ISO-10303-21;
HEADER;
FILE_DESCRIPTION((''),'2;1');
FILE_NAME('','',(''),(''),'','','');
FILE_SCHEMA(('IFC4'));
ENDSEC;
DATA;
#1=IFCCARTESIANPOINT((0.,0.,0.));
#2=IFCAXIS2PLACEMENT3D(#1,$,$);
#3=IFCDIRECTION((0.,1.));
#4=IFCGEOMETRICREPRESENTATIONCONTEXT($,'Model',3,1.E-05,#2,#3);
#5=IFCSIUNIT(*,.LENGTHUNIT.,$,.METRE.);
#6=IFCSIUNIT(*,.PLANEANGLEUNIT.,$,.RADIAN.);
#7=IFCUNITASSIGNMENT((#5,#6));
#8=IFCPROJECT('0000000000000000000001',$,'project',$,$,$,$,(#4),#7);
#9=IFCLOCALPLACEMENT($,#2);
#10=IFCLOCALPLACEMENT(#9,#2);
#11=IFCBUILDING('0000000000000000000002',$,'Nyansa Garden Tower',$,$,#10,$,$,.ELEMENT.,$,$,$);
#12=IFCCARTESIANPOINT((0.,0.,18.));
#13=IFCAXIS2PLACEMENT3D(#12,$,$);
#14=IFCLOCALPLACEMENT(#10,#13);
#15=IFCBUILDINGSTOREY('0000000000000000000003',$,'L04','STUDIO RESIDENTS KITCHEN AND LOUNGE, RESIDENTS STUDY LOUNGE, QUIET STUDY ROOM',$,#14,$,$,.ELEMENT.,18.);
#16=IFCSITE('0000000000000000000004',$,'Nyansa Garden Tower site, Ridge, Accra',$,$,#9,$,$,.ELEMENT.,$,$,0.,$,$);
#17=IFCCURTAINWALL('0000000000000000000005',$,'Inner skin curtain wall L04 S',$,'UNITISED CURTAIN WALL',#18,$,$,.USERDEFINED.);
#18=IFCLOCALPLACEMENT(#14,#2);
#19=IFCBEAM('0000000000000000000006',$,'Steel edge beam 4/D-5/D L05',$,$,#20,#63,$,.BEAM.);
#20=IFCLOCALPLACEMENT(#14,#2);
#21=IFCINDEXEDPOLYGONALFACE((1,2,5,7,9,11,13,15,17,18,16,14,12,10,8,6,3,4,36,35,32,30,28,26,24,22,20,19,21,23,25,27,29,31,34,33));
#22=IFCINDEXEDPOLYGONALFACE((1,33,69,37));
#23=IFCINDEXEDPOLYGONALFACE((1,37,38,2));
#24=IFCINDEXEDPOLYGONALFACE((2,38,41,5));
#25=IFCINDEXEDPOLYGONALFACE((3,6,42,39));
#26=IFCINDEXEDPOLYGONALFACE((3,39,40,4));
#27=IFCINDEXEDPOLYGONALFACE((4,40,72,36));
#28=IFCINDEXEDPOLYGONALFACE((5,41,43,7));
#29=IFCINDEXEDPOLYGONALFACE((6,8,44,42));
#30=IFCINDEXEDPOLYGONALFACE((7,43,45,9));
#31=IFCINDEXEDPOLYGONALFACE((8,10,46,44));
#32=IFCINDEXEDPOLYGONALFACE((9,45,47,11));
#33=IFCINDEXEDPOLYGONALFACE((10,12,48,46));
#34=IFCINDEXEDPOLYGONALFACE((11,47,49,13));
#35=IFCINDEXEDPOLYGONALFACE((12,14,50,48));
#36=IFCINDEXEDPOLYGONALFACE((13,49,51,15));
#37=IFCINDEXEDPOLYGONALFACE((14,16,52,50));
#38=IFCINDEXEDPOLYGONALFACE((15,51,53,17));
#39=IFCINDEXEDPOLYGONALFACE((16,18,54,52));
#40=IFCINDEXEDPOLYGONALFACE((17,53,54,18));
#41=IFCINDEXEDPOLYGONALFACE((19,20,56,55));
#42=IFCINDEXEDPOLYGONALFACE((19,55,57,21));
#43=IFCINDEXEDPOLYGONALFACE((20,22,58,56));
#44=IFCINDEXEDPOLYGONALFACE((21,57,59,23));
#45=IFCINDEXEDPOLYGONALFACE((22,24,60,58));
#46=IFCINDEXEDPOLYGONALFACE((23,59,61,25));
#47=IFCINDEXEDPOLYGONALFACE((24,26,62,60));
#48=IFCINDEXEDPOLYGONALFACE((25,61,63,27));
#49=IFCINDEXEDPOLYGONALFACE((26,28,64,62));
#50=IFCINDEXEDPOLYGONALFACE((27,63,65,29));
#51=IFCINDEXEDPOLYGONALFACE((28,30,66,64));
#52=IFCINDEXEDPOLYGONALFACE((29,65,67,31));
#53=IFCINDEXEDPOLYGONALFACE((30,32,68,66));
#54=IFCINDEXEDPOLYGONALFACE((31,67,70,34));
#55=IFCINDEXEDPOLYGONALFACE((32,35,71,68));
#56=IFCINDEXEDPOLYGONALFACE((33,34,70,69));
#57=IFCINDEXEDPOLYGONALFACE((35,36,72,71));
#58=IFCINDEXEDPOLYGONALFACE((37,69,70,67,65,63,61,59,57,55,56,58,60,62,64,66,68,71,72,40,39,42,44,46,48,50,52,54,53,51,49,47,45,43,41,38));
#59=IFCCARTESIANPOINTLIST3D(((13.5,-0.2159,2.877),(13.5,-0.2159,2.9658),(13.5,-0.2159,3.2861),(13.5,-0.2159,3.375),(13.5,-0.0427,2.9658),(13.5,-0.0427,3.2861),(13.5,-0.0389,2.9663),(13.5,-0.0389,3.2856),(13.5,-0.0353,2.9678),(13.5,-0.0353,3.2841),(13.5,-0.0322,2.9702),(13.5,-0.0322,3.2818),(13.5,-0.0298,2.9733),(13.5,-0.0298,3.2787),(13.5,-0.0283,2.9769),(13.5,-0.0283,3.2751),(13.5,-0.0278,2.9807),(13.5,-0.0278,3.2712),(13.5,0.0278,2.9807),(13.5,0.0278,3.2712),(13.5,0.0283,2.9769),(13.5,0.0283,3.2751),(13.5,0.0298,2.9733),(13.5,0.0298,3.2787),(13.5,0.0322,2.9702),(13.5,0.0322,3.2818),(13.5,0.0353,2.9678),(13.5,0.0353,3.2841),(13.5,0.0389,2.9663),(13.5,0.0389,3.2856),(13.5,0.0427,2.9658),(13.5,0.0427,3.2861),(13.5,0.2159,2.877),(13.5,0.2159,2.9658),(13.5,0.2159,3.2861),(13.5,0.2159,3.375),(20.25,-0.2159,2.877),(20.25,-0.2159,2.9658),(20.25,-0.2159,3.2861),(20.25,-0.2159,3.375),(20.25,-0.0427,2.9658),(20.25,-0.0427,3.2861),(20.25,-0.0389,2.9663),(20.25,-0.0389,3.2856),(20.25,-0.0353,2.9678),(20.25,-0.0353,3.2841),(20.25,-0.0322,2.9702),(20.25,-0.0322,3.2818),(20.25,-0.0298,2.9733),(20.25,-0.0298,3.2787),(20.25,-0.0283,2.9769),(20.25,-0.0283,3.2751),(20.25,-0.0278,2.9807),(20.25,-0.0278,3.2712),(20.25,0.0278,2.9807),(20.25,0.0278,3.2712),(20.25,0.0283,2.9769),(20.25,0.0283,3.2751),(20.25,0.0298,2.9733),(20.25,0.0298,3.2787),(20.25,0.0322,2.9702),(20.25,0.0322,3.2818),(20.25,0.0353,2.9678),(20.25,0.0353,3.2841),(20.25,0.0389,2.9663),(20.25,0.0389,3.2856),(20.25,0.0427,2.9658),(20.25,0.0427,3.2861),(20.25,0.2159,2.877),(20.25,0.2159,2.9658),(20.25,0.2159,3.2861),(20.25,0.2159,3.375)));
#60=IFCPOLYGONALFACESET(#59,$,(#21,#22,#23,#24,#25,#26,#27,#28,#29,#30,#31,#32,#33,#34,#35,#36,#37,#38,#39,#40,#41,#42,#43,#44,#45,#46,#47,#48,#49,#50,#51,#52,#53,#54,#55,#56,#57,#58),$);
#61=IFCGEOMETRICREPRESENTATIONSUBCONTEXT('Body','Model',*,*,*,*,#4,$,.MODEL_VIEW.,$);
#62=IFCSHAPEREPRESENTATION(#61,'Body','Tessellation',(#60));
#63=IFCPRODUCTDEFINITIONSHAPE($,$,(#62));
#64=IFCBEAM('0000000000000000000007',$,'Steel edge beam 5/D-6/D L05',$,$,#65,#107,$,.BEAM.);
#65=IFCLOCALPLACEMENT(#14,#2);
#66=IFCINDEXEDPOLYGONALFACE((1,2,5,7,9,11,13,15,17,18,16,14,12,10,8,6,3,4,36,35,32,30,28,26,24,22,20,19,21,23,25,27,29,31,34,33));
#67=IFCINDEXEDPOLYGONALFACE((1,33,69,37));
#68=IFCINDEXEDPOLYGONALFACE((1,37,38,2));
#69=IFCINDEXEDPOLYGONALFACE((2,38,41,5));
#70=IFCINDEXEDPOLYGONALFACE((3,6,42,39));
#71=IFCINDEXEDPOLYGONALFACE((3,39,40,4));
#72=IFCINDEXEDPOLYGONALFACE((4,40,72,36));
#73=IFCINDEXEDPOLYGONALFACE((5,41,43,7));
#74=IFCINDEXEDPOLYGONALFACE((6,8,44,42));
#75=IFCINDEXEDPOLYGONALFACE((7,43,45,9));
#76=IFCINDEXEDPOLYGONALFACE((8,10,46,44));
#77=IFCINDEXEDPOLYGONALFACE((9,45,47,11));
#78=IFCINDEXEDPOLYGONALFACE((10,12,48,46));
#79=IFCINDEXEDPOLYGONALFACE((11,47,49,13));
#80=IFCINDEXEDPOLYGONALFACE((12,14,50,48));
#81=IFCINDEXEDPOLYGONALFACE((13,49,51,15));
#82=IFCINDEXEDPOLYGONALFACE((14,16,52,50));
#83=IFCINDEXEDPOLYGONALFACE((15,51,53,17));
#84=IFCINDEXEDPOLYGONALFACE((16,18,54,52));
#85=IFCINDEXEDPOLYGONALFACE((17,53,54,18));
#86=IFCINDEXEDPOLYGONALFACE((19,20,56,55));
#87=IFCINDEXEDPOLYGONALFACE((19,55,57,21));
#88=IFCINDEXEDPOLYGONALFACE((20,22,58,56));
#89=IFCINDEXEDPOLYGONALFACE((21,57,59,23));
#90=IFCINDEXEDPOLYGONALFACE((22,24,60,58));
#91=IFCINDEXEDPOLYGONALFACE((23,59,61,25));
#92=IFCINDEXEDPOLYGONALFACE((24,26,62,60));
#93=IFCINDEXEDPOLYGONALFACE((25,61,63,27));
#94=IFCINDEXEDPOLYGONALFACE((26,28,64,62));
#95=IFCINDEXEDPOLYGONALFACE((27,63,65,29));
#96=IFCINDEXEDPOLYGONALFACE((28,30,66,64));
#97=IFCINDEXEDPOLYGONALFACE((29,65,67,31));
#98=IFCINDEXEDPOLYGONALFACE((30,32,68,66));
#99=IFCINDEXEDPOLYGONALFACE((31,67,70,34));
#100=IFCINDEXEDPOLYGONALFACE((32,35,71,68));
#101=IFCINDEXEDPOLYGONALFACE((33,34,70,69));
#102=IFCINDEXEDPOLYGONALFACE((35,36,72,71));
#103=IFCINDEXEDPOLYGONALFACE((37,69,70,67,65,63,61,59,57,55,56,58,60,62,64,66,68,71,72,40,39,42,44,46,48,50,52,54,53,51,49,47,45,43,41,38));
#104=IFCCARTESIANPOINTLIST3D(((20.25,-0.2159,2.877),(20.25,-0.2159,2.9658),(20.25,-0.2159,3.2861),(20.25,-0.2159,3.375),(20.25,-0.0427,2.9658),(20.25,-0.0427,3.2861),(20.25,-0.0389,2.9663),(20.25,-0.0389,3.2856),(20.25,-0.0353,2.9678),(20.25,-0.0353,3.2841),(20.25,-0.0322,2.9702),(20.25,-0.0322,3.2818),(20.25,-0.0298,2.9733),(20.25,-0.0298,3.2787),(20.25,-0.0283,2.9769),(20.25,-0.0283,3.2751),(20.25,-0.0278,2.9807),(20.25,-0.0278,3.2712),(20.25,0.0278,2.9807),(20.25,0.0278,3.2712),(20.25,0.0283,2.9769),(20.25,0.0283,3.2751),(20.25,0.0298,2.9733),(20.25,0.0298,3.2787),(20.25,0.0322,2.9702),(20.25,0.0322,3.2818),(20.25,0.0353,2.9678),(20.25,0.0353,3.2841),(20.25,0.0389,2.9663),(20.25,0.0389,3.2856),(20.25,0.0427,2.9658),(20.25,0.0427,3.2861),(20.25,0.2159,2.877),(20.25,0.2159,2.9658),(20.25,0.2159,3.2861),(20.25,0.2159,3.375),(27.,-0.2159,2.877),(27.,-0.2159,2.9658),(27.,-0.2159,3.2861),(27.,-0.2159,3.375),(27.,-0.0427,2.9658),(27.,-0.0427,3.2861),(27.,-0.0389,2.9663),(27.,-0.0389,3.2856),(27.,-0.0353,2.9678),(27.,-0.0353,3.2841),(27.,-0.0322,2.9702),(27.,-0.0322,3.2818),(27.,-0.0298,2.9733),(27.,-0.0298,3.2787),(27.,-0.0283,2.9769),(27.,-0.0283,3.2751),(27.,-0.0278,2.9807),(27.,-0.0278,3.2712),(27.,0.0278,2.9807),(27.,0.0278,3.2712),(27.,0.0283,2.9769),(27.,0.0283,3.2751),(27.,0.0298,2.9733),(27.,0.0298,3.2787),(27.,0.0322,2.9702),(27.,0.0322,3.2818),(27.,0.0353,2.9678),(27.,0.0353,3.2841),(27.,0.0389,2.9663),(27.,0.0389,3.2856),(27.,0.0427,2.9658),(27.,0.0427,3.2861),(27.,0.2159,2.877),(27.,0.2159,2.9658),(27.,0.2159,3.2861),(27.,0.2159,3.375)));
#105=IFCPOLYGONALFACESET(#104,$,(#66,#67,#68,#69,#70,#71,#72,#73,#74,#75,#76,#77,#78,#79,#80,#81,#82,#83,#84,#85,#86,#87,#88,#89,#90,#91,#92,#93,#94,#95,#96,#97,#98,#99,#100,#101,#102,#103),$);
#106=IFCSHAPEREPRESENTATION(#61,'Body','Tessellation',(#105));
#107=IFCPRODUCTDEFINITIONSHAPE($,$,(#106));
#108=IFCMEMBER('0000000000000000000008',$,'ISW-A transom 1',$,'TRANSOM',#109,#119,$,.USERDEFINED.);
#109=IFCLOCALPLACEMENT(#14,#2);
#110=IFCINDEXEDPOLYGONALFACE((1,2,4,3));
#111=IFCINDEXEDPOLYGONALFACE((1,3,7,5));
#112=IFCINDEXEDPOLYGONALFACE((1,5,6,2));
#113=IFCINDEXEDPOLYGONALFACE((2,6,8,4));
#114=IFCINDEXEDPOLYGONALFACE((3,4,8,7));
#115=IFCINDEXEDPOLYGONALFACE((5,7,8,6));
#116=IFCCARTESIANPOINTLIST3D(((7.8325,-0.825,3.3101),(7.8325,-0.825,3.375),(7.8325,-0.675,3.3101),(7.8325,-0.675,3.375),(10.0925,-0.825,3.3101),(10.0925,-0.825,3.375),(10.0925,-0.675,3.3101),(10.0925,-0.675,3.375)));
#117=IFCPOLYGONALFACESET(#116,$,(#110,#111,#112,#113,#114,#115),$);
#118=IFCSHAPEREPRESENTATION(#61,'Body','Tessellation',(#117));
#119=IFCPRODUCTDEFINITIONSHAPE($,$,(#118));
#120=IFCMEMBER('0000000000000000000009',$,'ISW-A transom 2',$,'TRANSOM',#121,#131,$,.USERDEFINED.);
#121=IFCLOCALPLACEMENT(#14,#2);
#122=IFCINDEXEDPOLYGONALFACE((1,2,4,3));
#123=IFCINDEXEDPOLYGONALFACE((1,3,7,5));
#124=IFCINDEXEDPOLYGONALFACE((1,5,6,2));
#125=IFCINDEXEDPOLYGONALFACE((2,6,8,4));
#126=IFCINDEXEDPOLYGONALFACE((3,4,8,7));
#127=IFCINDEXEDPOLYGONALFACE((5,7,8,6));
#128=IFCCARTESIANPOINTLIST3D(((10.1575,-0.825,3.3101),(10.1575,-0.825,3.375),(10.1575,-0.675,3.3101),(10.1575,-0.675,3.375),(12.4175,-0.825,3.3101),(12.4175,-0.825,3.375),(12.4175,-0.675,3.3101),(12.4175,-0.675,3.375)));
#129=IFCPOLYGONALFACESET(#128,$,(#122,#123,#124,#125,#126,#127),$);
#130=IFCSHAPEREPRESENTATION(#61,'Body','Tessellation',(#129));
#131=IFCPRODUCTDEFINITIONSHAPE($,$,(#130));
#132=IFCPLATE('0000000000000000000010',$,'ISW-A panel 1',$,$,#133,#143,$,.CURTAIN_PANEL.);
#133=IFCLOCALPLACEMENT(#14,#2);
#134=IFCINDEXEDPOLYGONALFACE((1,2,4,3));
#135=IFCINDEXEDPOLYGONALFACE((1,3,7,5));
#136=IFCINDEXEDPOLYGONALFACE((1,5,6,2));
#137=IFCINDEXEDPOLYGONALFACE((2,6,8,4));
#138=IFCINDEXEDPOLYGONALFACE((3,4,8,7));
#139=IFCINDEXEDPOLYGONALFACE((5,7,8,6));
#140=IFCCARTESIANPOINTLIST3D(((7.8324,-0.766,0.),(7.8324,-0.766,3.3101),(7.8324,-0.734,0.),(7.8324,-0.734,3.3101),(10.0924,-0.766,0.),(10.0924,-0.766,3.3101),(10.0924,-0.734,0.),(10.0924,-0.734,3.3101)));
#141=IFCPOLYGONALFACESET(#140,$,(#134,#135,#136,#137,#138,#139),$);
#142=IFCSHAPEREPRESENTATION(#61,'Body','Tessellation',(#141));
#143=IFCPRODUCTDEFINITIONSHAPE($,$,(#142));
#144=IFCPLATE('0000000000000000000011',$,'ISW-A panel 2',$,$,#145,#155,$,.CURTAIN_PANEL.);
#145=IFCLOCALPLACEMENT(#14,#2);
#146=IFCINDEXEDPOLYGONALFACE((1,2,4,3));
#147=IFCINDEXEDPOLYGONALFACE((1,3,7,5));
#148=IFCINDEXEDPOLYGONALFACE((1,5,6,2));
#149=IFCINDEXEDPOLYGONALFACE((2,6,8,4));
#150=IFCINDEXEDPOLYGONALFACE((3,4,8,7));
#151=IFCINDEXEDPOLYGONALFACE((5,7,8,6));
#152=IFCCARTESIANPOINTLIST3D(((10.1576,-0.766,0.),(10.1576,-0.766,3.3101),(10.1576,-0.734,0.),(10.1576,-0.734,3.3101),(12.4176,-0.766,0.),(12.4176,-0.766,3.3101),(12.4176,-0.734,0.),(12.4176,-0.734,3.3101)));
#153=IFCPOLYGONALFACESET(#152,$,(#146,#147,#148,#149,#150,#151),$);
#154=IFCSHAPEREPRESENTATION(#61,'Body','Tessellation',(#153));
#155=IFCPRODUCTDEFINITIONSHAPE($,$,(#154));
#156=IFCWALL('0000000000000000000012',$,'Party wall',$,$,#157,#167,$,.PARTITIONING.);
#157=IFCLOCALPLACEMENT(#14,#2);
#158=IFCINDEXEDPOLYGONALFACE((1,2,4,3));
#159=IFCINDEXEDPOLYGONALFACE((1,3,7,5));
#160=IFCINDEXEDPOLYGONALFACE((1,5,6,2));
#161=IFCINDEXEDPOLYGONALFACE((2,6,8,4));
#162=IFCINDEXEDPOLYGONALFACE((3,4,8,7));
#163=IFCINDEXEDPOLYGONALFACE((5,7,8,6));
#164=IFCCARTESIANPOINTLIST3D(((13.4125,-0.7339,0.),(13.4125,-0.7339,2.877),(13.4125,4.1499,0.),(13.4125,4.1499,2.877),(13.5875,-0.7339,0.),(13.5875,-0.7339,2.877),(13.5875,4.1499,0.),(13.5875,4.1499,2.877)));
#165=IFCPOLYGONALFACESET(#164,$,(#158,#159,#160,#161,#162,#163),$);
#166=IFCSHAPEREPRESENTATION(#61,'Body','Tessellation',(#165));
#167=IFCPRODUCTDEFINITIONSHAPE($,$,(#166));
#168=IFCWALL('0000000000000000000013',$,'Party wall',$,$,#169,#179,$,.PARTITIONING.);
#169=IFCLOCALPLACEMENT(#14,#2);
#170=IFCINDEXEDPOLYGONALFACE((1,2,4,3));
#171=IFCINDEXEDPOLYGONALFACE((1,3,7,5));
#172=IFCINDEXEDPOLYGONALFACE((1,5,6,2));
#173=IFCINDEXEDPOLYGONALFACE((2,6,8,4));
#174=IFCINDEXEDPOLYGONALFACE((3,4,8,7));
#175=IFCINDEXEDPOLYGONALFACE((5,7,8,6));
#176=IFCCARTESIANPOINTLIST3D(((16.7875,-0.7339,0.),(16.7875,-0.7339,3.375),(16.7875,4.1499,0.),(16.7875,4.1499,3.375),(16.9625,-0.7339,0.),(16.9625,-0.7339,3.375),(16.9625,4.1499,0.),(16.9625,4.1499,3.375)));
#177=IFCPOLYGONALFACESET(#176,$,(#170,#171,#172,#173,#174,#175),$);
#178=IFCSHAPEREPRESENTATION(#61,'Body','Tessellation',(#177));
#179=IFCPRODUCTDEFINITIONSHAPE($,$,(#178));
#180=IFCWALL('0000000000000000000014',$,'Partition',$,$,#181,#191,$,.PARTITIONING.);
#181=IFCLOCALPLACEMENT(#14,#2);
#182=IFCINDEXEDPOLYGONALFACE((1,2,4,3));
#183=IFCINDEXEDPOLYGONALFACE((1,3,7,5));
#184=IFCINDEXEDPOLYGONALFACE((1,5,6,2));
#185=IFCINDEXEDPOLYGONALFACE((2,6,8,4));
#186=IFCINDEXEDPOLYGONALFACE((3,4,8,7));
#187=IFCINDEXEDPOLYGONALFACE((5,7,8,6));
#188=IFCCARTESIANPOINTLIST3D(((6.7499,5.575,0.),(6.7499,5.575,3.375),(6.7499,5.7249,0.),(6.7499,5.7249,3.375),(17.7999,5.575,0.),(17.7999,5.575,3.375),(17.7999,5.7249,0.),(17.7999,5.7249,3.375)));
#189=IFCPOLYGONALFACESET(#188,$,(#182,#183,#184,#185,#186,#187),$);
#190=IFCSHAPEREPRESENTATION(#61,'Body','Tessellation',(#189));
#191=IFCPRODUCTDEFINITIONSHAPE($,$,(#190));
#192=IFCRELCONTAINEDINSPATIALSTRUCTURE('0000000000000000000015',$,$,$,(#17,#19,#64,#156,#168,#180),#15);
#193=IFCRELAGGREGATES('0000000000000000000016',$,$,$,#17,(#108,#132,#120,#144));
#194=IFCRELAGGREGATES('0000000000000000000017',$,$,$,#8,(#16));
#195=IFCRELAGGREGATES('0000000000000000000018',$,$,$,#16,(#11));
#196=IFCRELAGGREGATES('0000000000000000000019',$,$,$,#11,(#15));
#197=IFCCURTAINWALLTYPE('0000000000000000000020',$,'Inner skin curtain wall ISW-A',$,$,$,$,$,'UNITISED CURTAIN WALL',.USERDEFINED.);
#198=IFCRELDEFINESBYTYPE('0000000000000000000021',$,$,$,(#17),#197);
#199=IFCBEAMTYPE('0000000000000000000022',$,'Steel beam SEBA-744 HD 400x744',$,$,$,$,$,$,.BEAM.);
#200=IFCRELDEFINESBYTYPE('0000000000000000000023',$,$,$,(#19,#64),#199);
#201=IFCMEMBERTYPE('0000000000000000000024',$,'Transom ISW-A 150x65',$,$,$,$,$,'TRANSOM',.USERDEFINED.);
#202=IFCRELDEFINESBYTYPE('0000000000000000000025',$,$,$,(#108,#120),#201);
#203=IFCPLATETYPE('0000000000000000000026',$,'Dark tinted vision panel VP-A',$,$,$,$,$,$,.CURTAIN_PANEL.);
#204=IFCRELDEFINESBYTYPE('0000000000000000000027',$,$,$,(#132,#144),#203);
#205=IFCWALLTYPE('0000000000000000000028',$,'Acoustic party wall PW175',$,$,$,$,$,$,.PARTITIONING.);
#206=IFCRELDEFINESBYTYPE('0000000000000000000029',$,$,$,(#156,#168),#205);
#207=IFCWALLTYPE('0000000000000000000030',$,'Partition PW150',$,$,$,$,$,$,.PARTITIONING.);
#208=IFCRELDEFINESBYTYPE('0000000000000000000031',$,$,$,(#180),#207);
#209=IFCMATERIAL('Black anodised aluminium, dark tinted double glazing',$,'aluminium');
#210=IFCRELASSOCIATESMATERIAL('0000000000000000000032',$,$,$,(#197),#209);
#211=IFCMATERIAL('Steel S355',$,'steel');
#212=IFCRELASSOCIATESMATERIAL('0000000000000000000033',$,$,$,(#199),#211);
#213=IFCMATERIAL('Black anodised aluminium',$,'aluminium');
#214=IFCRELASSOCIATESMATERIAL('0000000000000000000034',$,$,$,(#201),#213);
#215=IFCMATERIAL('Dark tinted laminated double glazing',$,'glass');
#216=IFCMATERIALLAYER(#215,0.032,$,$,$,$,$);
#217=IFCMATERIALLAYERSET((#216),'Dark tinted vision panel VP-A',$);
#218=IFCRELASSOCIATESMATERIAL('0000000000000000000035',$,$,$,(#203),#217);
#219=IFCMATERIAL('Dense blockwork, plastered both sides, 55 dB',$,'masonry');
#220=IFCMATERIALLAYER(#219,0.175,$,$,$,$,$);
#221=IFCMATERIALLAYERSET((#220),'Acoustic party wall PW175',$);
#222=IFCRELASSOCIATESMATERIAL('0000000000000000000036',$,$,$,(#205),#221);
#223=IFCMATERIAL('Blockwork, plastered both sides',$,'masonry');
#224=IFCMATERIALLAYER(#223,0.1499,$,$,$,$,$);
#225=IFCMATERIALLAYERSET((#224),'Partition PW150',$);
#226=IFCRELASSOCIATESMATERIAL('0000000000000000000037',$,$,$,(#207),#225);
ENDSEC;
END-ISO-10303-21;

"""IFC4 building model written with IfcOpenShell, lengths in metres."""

from ifc_helpers import new_model, si_unit, direction, frame, frame_2d, origin, origin_2d, place, context, subcontext, project, spatial, rectangle, i_section, extrude, material, layer, layer_set, material_profile, profile_set, type_object, element, aggregate, save


model = new_model("IFC4")

# Units and contexts
model_context = context("Model", 3, precision=1e-05, world=origin(), true_north=direction((0.0, 1.0)))
body_context = subcontext(model_context, "Body", "Model", "MODEL_VIEW")
ifc_project = project(units=[si_unit("LENGTHUNIT", "METRE"), si_unit("PLANEANGLEUNIT", "RADIAN")], contexts=[model_context])

# Site, building, storey
site_placement = place(None, origin())
site = spatial("IfcSite", under=ifc_project, at=site_placement, Name="Nyansa Garden Tower site, Ridge, Accra", CompositionType="ELEMENT", RefElevation=0.0)
building_placement = place(site_placement, origin())
building = spatial("IfcBuilding", under=site, at=building_placement, Name="Nyansa Garden Tower", CompositionType="ELEMENT")
storey_placement = place(building_placement, frame((0.0, 0.0, 18.0)))
storey = spatial("IfcBuildingStorey", under=building, at=storey_placement, Name="L04", Description="STUDIO RESIDENTS KITCHEN AND LOUNGE, RESIDENTS STUDY LOUNGE, QUIET STUDY ROOM", CompositionType="ELEMENT", Elevation=18.0)

# Curtain wall
ifc_material_1 = material(Name="Black anodised aluminium, dark tinted double glazing", Category="aluminium")
curtain_wall_type = type_object("IfcCurtainWallType", Name="Inner skin curtain wall ISW-A", ElementType="UNITISED CURTAIN WALL", PredefinedType="USERDEFINED", material=ifc_material_1)
curtain_wall_placement = place(storey_placement, origin())
curtain_wall = element("IfcCurtainWall", 1, at=curtain_wall_placement, inside=storey, type_object=curtain_wall_type, Name="Inner skin curtain wall L04 S", ObjectType="UNITISED CURTAIN WALL", PredefinedType="USERDEFINED")

# Beams
ifc_material_2 = material(Name="Steel S355", Category="steel")
ifc_material_profile_1 = material_profile(ifc_material_2, i_section(OverallWidth=0.4319, OverallDepth=0.498, WebThickness=0.0557, FlangeThickness=0.0889, FilletRadius=0.0149, at=origin_2d()), Name="HD 400x744")
ifc_profile_set_1 = profile_set([ifc_material_profile_1], Name="Steel S355")
beam_type_1 = type_object("IfcBeamType", Name="Steel beam SEBA-744 HD 400x744", PredefinedType="BEAM", material=ifc_profile_set_1)
for number, where, z_axis, x_axis, name in (
    (2, (13.5, 0.0, 3.126), (1.0, 0.0, 0.0), (0.0, 1.0, 0.0), "Steel edge beam 4/D-5/D L05"),
    (3, (20.25, 0.0, 3.126), (1.0, 0.0, 0.0), (0.0, 1.0, 0.0), "Steel edge beam 5/D-6/D L05"),
):
    element("IfcBeam", number, at=place(storey_placement, frame(where, z_axis=z_axis, x_axis=x_axis)), inside=storey, type_object=beam_type_1, Name=name, PredefinedType="BEAM", context=body_context, shape_type="SweptSolid", body=[
        extrude(i_section(OverallWidth=0.4319, OverallDepth=0.498, WebThickness=0.0557, FlangeThickness=0.0889, FilletRadius=0.0149, at=origin_2d()), origin(), (0.0, 0.0, 1.0), 6.75),
    ])

# Members
ifc_material_3 = material(Name="Black anodised aluminium", Category="aluminium")
ifc_material_profile_2 = material_profile(ifc_material_3, rectangle(XDim=0.1499, YDim=0.0649, at=origin_2d()), Name="Transom 150x65")
ifc_profile_set_2 = profile_set([ifc_material_profile_2], Name="Black anodised aluminium")
member_type_1 = type_object("IfcMemberType", Name="Transom ISW-A 150x65", ElementType="TRANSOM", PredefinedType="USERDEFINED", material=ifc_profile_set_2)
member_1_placement = place(storey_placement, frame((7.8325, -0.75, 3.3425), z_axis=(1.0, 0.0, 0.0), x_axis=(0.0, 1.0, 0.0)))
member_1 = element("IfcMember", 4, at=member_1_placement, type_object=member_type_1, Name="ISW-A transom 1", ObjectType="TRANSOM", PredefinedType="USERDEFINED", context=body_context, shape_type="SweptSolid", body=[
    extrude(rectangle(XDim=0.1499, YDim=0.0649, at=origin_2d()), origin(), (0.0, 0.0, 1.0), 2.26),
])
member_2_placement = place(storey_placement, frame((10.1575, -0.75, 3.3425), z_axis=(1.0, 0.0, 0.0), x_axis=(0.0, 1.0, 0.0)))
member_2 = element("IfcMember", 5, at=member_2_placement, type_object=member_type_1, Name="ISW-A transom 2", ObjectType="TRANSOM", PredefinedType="USERDEFINED", context=body_context, shape_type="SweptSolid", body=[
    extrude(rectangle(XDim=0.1499, YDim=0.0649, at=origin_2d()), origin(), (0.0, 0.0, 1.0), 2.26),
])

# Plates
ifc_material_4 = material(Name="Dark tinted laminated double glazing", Category="glass")
ifc_layer_1 = layer(ifc_material_4, 0.032)
ifc_layer_set_1 = layer_set([ifc_layer_1], Name="Dark tinted vision panel VP-A")
plate_type = type_object("IfcPlateType", Name="Dark tinted vision panel VP-A", PredefinedType="CURTAIN_PANEL", material=ifc_layer_set_1)
plate_1_placement = place(storey_placement, frame((8.9624, -0.75, 0.0), z_axis=(0.0, 0.0, 1.0), x_axis=(1.0, 0.0, 0.0)))
plate_1 = element("IfcPlate", 6, at=plate_1_placement, type_object=plate_type, Name="ISW-A panel 1", PredefinedType="CURTAIN_PANEL", context=body_context, shape_type="SweptSolid", body=[
    extrude(rectangle(XDim=2.26, YDim=0.032, at=origin_2d()), origin(), (0.0, 0.0, 1.0), 3.3101),
])
plate_2_placement = place(storey_placement, frame((11.2876, -0.75, 0.0), z_axis=(0.0, 0.0, 1.0), x_axis=(1.0, 0.0, 0.0)))
plate_2 = element("IfcPlate", 7, at=plate_2_placement, type_object=plate_type, Name="ISW-A panel 2", PredefinedType="CURTAIN_PANEL", context=body_context, shape_type="SweptSolid", body=[
    extrude(rectangle(XDim=2.26, YDim=0.032, at=origin_2d()), origin(), (0.0, 0.0, 1.0), 3.3101),
])
aggregate(curtain_wall, [member_1, plate_1, member_2, plate_2])

# Walls
ifc_material_5 = material(Name="Dense blockwork, plastered both sides, 55 dB", Category="masonry")
ifc_layer_2 = layer(ifc_material_5, 0.175)
ifc_layer_set_2 = layer_set([ifc_layer_2], Name="Acoustic party wall PW175")
wall_type_1 = type_object("IfcWallType", Name="Acoustic party wall PW175", PredefinedType="PARTITIONING", material=ifc_layer_set_2)
wall_1_placement = place(storey_placement, frame((13.5, -0.7339, 0.0), z_axis=(0.0, 0.0, 1.0), x_axis=(0.0, 1.0, 0.0)))
element("IfcWall", 8, at=wall_1_placement, inside=storey, type_object=wall_type_1, Name="Party wall", PredefinedType="PARTITIONING", context=body_context, shape_type="SweptSolid", body=[
    extrude(rectangle(XDim=4.8838, YDim=0.175, at=frame_2d((2.4419, 0.0))), origin(), (0.0, 0.0, 1.0), 2.877),
])
wall_2_placement = place(storey_placement, frame((16.875, -0.7339, 0.0), z_axis=(0.0, 0.0, 1.0), x_axis=(0.0, 1.0, 0.0)))
element("IfcWall", 9, at=wall_2_placement, inside=storey, type_object=wall_type_1, Name="Party wall", PredefinedType="PARTITIONING", context=body_context, shape_type="SweptSolid", body=[
    extrude(rectangle(XDim=4.8838, YDim=0.175, at=frame_2d((2.4419, 0.0))), origin(), (0.0, 0.0, 1.0), 3.375),
])
ifc_material_6 = material(Name="Blockwork, plastered both sides", Category="masonry")
ifc_layer_3 = layer(ifc_material_6, 0.1499)
ifc_layer_set_3 = layer_set([ifc_layer_3], Name="Partition PW150")
wall_type_2 = type_object("IfcWallType", Name="Partition PW150", PredefinedType="PARTITIONING", material=ifc_layer_set_3)
wall_3_placement = place(storey_placement, frame((6.75, 5.6499, 0.0), z_axis=(0.0, 0.0, 1.0), x_axis=(1.0, 0.0, 0.0)))
element("IfcWall", 10, at=wall_3_placement, inside=storey, type_object=wall_type_2, Name="Partition", PredefinedType="PARTITIONING", context=body_context, shape_type="SweptSolid", body=[
    extrude(rectangle(XDim=11.05, YDim=0.1499, at=frame_2d((5.5249, 0.0))), origin(), (0.0, 0.0, 1.0), 3.375),
])

save(model, "model.ifc")
